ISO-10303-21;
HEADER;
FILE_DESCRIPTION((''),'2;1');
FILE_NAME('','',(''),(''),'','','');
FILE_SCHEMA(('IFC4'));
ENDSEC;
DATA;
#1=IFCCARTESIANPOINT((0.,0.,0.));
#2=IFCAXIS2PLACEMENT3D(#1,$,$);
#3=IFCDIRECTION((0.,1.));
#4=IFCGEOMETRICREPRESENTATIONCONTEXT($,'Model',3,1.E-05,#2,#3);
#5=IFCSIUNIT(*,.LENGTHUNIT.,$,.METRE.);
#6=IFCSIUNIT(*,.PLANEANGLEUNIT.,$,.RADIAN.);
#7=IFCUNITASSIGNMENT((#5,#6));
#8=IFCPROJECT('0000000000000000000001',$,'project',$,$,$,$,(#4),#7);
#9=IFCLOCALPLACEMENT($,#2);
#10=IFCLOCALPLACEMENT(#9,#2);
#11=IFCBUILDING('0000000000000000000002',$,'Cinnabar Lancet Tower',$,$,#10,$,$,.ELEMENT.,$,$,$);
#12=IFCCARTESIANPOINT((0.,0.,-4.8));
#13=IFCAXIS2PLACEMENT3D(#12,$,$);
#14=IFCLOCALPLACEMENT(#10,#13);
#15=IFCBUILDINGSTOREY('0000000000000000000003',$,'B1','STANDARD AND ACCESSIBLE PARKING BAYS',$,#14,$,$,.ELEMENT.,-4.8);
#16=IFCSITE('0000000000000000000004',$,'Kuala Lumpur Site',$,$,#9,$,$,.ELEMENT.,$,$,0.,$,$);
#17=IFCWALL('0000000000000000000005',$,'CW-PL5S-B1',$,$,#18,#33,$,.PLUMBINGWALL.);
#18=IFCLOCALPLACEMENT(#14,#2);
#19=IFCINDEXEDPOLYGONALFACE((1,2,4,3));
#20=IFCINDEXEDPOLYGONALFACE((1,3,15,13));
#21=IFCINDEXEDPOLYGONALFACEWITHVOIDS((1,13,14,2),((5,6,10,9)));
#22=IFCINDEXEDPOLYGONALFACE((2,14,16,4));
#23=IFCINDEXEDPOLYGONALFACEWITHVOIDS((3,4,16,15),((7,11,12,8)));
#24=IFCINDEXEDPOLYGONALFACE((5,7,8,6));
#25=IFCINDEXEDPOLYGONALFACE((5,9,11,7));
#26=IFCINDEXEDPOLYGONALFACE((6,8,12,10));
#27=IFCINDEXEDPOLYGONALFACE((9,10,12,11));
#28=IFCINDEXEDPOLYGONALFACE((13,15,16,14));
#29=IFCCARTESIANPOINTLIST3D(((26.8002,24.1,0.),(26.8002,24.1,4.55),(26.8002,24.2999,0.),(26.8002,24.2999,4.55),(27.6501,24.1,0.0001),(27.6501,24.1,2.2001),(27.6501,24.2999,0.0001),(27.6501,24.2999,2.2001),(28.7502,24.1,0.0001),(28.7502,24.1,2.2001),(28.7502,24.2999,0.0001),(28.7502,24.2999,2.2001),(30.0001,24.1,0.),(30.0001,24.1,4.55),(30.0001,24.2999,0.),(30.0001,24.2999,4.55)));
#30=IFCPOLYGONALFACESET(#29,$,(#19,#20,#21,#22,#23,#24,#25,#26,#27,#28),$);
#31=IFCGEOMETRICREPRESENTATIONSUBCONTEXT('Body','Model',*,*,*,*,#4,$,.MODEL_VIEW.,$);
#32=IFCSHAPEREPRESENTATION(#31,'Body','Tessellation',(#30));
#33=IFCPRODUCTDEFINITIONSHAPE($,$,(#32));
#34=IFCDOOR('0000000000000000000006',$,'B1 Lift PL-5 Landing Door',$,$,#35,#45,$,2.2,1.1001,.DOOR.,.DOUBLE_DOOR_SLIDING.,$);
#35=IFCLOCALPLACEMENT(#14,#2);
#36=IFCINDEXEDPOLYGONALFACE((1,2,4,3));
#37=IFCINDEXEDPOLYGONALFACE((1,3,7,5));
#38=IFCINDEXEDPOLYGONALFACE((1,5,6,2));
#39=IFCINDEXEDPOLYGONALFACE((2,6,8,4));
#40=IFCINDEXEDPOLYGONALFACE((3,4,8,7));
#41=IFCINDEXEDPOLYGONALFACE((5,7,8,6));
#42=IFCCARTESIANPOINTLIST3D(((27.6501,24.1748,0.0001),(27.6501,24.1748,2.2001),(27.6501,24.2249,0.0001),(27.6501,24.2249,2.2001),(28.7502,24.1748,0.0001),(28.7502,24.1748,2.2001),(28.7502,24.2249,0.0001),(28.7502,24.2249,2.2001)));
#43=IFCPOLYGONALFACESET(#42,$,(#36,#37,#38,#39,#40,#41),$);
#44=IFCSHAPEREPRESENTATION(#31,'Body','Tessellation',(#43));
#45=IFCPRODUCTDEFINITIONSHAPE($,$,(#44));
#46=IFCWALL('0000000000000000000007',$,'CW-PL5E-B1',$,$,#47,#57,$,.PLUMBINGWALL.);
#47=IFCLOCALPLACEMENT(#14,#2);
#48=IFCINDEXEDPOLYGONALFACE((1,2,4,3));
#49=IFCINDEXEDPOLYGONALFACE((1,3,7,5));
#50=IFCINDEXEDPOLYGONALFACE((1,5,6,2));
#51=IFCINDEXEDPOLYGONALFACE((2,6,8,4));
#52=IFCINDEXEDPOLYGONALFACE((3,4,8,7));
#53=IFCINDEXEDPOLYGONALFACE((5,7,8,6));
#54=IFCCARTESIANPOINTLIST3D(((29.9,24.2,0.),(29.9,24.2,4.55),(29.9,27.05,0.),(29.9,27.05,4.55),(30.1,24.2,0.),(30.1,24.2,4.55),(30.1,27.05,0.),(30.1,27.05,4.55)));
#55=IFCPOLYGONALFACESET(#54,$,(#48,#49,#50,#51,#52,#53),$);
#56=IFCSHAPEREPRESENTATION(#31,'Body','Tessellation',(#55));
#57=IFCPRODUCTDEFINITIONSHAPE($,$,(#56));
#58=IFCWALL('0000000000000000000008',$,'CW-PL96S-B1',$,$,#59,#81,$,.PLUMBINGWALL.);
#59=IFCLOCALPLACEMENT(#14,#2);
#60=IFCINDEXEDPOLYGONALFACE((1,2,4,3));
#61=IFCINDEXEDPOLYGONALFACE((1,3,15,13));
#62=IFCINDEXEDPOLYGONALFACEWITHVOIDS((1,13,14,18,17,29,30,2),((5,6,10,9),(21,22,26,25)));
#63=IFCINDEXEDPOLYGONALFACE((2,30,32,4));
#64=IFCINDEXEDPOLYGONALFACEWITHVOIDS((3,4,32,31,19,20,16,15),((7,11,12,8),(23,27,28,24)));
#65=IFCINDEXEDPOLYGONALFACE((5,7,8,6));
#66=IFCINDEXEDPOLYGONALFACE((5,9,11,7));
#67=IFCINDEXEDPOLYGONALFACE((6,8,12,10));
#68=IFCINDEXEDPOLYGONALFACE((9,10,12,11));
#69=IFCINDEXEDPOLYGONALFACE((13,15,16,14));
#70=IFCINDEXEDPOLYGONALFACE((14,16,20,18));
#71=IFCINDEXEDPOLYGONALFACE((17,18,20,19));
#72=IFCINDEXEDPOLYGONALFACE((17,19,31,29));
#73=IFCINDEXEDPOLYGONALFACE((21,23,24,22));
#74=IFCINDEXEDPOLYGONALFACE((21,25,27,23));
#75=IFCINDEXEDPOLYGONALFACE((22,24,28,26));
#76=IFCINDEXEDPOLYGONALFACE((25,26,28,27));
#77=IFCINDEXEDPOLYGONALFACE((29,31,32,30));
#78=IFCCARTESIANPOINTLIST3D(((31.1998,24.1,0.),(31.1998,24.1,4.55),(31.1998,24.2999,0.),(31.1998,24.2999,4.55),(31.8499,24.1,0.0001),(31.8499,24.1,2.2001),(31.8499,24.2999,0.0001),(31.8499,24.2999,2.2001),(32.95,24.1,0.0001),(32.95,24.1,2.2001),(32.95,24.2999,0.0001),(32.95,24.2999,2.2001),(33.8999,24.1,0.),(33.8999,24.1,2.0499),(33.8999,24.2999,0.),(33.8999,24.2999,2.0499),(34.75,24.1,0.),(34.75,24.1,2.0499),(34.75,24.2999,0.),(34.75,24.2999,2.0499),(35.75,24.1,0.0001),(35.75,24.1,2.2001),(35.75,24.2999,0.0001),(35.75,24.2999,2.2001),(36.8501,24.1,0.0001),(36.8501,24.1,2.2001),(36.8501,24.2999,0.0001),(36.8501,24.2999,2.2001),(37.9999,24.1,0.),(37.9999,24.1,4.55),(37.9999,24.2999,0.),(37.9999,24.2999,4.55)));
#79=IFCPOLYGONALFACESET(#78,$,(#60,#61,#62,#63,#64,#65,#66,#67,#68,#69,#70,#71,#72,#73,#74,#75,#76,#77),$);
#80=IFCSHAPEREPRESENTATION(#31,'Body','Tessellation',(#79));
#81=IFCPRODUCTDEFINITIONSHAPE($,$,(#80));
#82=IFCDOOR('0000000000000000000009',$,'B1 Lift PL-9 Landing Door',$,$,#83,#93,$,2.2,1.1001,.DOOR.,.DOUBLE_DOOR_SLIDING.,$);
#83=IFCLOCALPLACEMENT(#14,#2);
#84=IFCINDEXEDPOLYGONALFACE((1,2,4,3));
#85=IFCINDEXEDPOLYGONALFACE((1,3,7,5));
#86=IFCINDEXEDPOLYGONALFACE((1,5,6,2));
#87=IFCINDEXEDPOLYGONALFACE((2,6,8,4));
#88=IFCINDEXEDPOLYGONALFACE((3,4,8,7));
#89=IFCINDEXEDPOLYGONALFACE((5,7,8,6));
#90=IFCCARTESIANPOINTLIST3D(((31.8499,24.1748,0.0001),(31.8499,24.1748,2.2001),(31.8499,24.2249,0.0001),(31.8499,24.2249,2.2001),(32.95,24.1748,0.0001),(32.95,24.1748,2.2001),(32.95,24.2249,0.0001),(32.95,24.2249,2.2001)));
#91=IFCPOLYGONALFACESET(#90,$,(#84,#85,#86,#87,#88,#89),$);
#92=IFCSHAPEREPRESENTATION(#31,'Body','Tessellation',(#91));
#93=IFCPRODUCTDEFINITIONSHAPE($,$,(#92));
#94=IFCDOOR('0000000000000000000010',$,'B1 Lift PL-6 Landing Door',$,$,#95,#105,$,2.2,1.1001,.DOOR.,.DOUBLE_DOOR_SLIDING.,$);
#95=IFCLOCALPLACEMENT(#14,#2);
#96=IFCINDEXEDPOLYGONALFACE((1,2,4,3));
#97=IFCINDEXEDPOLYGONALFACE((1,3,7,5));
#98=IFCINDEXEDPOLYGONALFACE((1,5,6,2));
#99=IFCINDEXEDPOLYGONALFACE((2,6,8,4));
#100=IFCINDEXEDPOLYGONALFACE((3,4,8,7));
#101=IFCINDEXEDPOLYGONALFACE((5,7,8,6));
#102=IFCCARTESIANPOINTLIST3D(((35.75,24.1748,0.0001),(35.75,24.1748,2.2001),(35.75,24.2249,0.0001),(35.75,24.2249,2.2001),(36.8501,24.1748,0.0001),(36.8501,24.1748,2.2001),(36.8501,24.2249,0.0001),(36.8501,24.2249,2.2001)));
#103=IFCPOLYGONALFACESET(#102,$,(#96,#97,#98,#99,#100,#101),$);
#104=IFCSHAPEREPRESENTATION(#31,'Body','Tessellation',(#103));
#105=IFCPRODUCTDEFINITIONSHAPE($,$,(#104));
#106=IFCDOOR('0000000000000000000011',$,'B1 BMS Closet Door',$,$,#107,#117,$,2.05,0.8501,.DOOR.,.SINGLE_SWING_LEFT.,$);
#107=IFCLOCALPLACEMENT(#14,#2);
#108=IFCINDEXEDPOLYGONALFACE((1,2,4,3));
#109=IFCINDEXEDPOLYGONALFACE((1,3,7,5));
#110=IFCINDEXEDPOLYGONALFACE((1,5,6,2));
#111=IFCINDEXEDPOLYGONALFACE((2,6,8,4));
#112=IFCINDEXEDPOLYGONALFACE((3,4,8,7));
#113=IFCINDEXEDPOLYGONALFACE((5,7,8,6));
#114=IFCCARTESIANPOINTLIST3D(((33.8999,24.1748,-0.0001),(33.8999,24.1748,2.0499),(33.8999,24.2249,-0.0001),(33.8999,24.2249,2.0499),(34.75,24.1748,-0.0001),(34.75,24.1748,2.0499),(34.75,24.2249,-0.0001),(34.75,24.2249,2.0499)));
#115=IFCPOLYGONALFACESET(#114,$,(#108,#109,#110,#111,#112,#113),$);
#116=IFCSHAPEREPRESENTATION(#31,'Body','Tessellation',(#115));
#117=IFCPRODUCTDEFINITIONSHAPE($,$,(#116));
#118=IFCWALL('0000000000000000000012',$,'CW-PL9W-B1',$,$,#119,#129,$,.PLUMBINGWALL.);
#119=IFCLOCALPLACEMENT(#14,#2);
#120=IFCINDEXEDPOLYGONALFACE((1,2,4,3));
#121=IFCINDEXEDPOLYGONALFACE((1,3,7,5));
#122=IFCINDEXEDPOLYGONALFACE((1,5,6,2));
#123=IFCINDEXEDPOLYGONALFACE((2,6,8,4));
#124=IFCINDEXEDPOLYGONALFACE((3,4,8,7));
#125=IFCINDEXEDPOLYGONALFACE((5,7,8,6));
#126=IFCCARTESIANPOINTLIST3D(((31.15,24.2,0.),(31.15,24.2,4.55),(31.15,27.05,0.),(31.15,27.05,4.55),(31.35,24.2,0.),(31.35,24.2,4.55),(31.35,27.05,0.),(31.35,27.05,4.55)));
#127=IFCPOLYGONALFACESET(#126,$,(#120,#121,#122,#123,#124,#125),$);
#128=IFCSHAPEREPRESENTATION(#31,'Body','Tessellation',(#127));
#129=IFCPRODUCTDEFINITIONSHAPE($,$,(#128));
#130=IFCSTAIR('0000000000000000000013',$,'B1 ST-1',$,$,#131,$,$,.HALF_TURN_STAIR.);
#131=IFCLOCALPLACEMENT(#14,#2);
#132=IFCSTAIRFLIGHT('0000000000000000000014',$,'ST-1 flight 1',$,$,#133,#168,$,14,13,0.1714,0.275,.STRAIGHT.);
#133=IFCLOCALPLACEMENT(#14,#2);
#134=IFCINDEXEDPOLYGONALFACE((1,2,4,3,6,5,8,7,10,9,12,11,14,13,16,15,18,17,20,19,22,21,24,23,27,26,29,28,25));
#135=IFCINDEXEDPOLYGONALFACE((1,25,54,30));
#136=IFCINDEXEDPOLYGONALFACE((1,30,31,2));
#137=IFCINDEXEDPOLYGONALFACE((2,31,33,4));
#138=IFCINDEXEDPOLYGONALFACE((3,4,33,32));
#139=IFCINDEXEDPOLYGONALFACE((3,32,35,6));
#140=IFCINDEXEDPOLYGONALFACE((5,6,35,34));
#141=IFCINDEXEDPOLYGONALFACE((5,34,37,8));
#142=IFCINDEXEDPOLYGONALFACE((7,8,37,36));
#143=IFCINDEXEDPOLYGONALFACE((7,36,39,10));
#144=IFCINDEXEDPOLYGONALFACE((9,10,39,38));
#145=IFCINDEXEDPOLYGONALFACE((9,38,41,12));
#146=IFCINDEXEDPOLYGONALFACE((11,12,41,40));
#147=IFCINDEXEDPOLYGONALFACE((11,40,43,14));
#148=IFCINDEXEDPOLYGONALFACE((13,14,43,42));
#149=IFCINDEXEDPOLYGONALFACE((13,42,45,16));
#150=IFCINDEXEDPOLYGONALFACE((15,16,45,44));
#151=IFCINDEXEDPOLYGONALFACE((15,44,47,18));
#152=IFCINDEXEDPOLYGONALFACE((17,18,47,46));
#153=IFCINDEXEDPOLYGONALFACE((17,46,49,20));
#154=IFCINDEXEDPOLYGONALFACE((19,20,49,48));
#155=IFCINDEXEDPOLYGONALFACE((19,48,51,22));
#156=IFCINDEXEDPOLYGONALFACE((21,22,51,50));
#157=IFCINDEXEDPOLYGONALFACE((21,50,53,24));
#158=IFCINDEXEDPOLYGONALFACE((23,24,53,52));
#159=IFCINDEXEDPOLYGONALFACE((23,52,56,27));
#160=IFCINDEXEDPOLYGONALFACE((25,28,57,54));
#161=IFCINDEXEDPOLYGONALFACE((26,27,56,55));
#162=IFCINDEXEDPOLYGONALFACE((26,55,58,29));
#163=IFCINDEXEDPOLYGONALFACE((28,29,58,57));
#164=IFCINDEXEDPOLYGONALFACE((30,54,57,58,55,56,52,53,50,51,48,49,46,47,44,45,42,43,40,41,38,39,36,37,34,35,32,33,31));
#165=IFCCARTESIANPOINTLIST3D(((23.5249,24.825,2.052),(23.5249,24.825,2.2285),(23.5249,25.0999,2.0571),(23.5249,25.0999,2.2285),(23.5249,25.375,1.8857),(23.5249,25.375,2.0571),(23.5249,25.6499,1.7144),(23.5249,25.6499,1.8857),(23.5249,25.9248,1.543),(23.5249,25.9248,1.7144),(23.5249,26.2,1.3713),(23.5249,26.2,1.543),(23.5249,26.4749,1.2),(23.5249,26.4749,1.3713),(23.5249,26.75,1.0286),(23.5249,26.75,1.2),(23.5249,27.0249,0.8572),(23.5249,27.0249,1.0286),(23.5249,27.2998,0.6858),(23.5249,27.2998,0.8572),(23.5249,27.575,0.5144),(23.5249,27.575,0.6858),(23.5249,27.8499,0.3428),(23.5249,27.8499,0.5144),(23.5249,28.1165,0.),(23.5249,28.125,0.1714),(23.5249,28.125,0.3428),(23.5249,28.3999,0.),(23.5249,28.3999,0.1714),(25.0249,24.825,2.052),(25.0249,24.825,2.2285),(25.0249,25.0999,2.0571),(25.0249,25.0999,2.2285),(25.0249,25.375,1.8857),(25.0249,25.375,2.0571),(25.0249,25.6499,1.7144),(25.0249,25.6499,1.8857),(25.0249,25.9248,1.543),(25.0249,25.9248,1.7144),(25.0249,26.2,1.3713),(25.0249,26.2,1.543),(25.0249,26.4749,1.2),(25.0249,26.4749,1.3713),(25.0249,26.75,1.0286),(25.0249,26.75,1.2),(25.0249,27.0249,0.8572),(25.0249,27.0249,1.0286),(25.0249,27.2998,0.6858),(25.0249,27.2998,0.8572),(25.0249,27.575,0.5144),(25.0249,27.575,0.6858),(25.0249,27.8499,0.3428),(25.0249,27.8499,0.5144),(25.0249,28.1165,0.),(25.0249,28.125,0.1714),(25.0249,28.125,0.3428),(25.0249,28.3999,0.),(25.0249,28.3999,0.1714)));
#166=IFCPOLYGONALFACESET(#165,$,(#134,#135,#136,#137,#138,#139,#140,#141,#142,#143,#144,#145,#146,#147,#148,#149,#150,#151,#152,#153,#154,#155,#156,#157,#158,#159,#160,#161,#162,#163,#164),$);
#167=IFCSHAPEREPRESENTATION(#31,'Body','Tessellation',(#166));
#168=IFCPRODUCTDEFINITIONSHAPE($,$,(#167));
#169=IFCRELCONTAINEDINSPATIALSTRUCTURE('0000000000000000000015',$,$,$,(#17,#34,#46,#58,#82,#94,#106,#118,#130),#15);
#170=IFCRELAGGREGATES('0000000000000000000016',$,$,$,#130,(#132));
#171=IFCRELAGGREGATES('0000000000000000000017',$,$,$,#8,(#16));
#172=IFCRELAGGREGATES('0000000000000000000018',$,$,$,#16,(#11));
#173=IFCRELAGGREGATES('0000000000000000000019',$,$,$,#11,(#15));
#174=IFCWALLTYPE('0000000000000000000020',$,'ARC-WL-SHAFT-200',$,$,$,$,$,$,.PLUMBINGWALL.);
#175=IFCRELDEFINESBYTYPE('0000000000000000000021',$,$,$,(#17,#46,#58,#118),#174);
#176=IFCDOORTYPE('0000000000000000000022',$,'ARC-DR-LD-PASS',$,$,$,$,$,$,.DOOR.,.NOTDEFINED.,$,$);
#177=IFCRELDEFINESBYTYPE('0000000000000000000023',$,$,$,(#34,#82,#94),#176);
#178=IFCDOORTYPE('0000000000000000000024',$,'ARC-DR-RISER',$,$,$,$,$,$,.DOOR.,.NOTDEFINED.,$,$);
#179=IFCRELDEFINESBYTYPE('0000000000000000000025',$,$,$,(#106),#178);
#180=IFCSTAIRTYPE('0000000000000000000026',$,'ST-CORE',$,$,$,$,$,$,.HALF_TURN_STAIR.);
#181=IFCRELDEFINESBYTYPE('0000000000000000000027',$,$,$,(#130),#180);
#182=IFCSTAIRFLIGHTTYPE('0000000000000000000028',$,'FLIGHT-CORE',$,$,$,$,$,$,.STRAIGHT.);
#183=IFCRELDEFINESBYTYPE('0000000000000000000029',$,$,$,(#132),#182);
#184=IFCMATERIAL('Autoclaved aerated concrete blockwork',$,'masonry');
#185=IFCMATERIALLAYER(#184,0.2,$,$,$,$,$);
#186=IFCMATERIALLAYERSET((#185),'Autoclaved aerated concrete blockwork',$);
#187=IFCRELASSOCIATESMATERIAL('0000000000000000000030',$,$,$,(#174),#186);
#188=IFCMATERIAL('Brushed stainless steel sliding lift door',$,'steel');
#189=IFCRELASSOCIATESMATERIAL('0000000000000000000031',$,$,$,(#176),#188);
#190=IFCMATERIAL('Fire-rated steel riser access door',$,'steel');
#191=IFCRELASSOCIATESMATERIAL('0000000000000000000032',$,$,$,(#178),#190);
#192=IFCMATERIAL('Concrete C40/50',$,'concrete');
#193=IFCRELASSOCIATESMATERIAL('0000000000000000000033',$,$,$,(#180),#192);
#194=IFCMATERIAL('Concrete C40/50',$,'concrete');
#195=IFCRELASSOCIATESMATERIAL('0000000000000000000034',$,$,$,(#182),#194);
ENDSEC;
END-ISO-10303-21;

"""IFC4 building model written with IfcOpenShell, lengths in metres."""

from ifc_helpers import new_model, si_unit, direction, frame, frame_2d, origin, place, context, subcontext, project, spatial, polyline, rectangle, outline, extrude, material, layer, layer_set, type_object, element, fill, aggregate, save


model = new_model("IFC4")

# Units and contexts
model_context = context("Model", 3, precision=1e-05, world=origin(), true_north=direction((0.0, 1.0)))
body_context = subcontext(model_context, "Body", "Model", "MODEL_VIEW")
ifc_project = project(units=[si_unit("LENGTHUNIT", "METRE"), si_unit("PLANEANGLEUNIT", "RADIAN")], contexts=[model_context])

# Site, building, storey
site_placement = place(None, origin())
site = spatial("IfcSite", under=ifc_project, at=site_placement, Name="Kuala Lumpur Site", CompositionType="ELEMENT", RefElevation=0.0)
building_placement = place(site_placement, origin())
building = spatial("IfcBuilding", under=site, at=building_placement, Name="Cinnabar Lancet Tower", CompositionType="ELEMENT")
storey_placement = place(building_placement, frame((0.0, 0.0, -4.8)))
storey = spatial("IfcBuildingStorey", under=building, at=storey_placement, Name="B1", Description="STANDARD AND ACCESSIBLE PARKING BAYS", CompositionType="ELEMENT", Elevation=-4.8)

# Shared definitions
ifc_material_1 = material(Name="Autoclaved aerated concrete blockwork", Category="masonry")
ifc_layer = layer(ifc_material_1, 0.2)
ifc_layer_set = layer_set([ifc_layer], Name="Autoclaved aerated concrete blockwork")
wall_type = type_object("IfcWallType", Name="ARC-WL-SHAFT-200", PredefinedType="PLUMBINGWALL", material=ifc_layer_set)

# Wall, opening, door
wall_1_placement = place(storey_placement, frame((26.8, 24.2, 0.0), z_axis=(0.0, 0.0, 1.0), x_axis=(1.0, 0.0, 0.0)))
wall_1 = element("IfcWall", 1, at=wall_1_placement, inside=storey, type_object=wall_type, Name="CW-PL5S-B1", PredefinedType="PLUMBINGWALL", context=body_context, shape_type="SweptSolid", body=[
    extrude(rectangle(XDim=3.2, YDim=0.2, at=frame_2d((1.6001, 0.0))), origin(), (0.0, 0.0, 1.0), 4.55),
])
opening_1_placement = place(wall_1_placement, frame((0.8501, 0.0, 0.0)))
opening_1 = element("IfcOpeningElement", 2, at=opening_1_placement, cuts=wall_1, PredefinedType="OPENING", context=body_context, shape_type="SweptSolid", body=[
    extrude(rectangle(XDim=1.1001, YDim=2.2, at=frame_2d((0.55, 1.1001))), frame((0.0, 0.1099, 0.0), z_axis=(0.0, -1.0, 0.0), x_axis=(1.0, 0.0, 0.0)), (0.0, 0.0, 1.0), 0.22),
])
ifc_material_2 = material(Name="Brushed stainless steel sliding lift door", Category="steel")
door_type_1 = type_object("IfcDoorType", Name="ARC-DR-LD-PASS", OperationType="NOTDEFINED", PredefinedType="DOOR", material=ifc_material_2)
door_1_placement = place(opening_1_placement, origin())
door_1 = element("IfcDoor", 3, at=door_1_placement, inside=storey, type_object=door_type_1, Name="B1 Lift PL-5 Landing Door", OperationType="DOUBLE_DOOR_SLIDING", OverallHeight=2.2, OverallWidth=1.1001, PredefinedType="DOOR", context=body_context, shape_type="SweptSolid", body=[
    extrude(rectangle(XDim=1.1001, YDim=2.2, at=frame_2d((0.55, 1.1001))), frame((0.0, 0.0249, 0.0), z_axis=(0.0, -1.0, 0.0), x_axis=(1.0, 0.0, 0.0)), (0.0, 0.0, 1.0), 0.05),
])
fill(opening_1, door_1)

# Wall
wall_2_placement = place(storey_placement, frame((30.0, 24.2, 0.0), z_axis=(0.0, 0.0, 1.0), x_axis=(0.0, 1.0, 0.0)))
element("IfcWall", 4, at=wall_2_placement, inside=storey, type_object=wall_type, Name="CW-PL5E-B1", PredefinedType="PLUMBINGWALL", context=body_context, shape_type="SweptSolid", body=[
    extrude(rectangle(XDim=2.8501, YDim=0.2, at=frame_2d((1.425, 0.0))), origin(), (0.0, 0.0, 1.0), 4.55),
])

# Wall, openings, doors
wall_3_placement = place(storey_placement, frame((31.2, 24.2, 0.0), z_axis=(0.0, 0.0, 1.0), x_axis=(1.0, 0.0, 0.0)))
wall_3 = element("IfcWall", 5, at=wall_3_placement, inside=storey, type_object=wall_type, Name="CW-PL96S-B1", PredefinedType="PLUMBINGWALL", context=body_context, shape_type="SweptSolid", body=[
    extrude(rectangle(XDim=6.8, YDim=0.2, at=frame_2d((3.3999, 0.0))), origin(), (0.0, 0.0, 1.0), 4.55),
])
opening_2_placement = place(wall_3_placement, frame((0.6499, 0.0, 0.0)))
opening_2 = element("IfcOpeningElement", 6, at=opening_2_placement, cuts=wall_3, PredefinedType="OPENING", context=body_context, shape_type="SweptSolid", body=[
    extrude(rectangle(XDim=1.1001, YDim=2.2, at=frame_2d((0.55, 1.1001))), frame((0.0, 0.1099, 0.0), z_axis=(0.0, -1.0, 0.0), x_axis=(1.0, 0.0, 0.0)), (0.0, 0.0, 1.0), 0.22),
])
opening_3_placement = place(wall_3_placement, frame((2.7, 0.0, 0.0)))
opening_3 = element("IfcOpeningElement", 7, at=opening_3_placement, cuts=wall_3, PredefinedType="OPENING", context=body_context, shape_type="SweptSolid", body=[
    extrude(rectangle(XDim=0.8501, YDim=2.05, at=frame_2d((0.425, 1.0249))), frame((0.0, 0.1099, 0.0), z_axis=(0.0, -1.0, 0.0), x_axis=(1.0, 0.0, 0.0)), (0.0, 0.0, 1.0), 0.22),
])
opening_4_placement = place(wall_3_placement, frame((4.55, 0.0, 0.0)))
opening_4 = element("IfcOpeningElement", 8, at=opening_4_placement, cuts=wall_3, PredefinedType="OPENING", context=body_context, shape_type="SweptSolid", body=[
    extrude(rectangle(XDim=1.1001, YDim=2.2, at=frame_2d((0.55, 1.1001))), frame((0.0, 0.1099, 0.0), z_axis=(0.0, -1.0, 0.0), x_axis=(1.0, 0.0, 0.0)), (0.0, 0.0, 1.0), 0.22),
])
door_2_placement = place(opening_2_placement, origin())
door_2 = element("IfcDoor", 9, at=door_2_placement, inside=storey, type_object=door_type_1, Name="B1 Lift PL-9 Landing Door", OperationType="DOUBLE_DOOR_SLIDING", OverallHeight=2.2, OverallWidth=1.1001, PredefinedType="DOOR", context=body_context, shape_type="SweptSolid", body=[
    extrude(rectangle(XDim=1.1001, YDim=2.2, at=frame_2d((0.55, 1.1001))), frame((0.0, 0.0249, 0.0), z_axis=(0.0, -1.0, 0.0), x_axis=(1.0, 0.0, 0.0)), (0.0, 0.0, 1.0), 0.05),
])
fill(opening_2, door_2)
door_3_placement = place(opening_4_placement, origin())
door_3 = element("IfcDoor", 10, at=door_3_placement, inside=storey, type_object=door_type_1, Name="B1 Lift PL-6 Landing Door", OperationType="DOUBLE_DOOR_SLIDING", OverallHeight=2.2, OverallWidth=1.1001, PredefinedType="DOOR", context=body_context, shape_type="SweptSolid", body=[
    extrude(rectangle(XDim=1.1001, YDim=2.2, at=frame_2d((0.55, 1.1001))), frame((0.0, 0.0249, 0.0), z_axis=(0.0, -1.0, 0.0), x_axis=(1.0, 0.0, 0.0)), (0.0, 0.0, 1.0), 0.05),
])
fill(opening_4, door_3)
ifc_material_3 = material(Name="Fire-rated steel riser access door", Category="steel")
door_type_2 = type_object("IfcDoorType", Name="ARC-DR-RISER", OperationType="NOTDEFINED", PredefinedType="DOOR", material=ifc_material_3)
door_4_placement = place(opening_3_placement, origin())
door_4 = element("IfcDoor", 11, at=door_4_placement, inside=storey, type_object=door_type_2, Name="B1 BMS Closet Door", OperationType="SINGLE_SWING_LEFT", OverallHeight=2.05, OverallWidth=0.8501, PredefinedType="DOOR", context=body_context, shape_type="SweptSolid", body=[
    extrude(rectangle(XDim=0.8501, YDim=2.05, at=frame_2d((0.425, 1.0249))), frame((0.0, 0.0249, 0.0), z_axis=(0.0, -1.0, 0.0), x_axis=(1.0, 0.0, 0.0)), (0.0, 0.0, 1.0), 0.05),
])
fill(opening_3, door_4)

# Wall
wall_4_placement = place(storey_placement, frame((31.25, 24.2, 0.0), z_axis=(0.0, 0.0, 1.0), x_axis=(0.0, 1.0, 0.0)))
element("IfcWall", 12, at=wall_4_placement, inside=storey, type_object=wall_type, Name="CW-PL9W-B1", PredefinedType="PLUMBINGWALL", context=body_context, shape_type="SweptSolid", body=[
    extrude(rectangle(XDim=2.8501, YDim=0.2, at=frame_2d((1.425, 0.0))), origin(), (0.0, 0.0, 1.0), 4.55),
])

# Stair, stair flight
ifc_material_4 = material(Name="Concrete C40/50", Category="concrete")
stair_type = type_object("IfcStairType", Name="ST-CORE", PredefinedType="HALF_TURN_STAIR", material=ifc_material_4)
stair_placement = place(storey_placement, origin())
stair = element("IfcStair", 13, at=stair_placement, inside=storey, type_object=stair_type, Name="B1 ST-1", PredefinedType="HALF_TURN_STAIR")
ifc_material_5 = material(Name="Concrete C40/50", Category="concrete")
stair_flight_type = type_object("IfcStairFlightType", Name="FLIGHT-CORE", PredefinedType="STRAIGHT", material=ifc_material_5)
stair_flight_1_placement = place(storey_placement, frame((24.2749, 28.3999, 0.0), z_axis=(0.0, 0.0, 1.0), x_axis=(0.0, -1.0, 0.0)))
stair_flight_1 = element("IfcStairFlight", 14, at=stair_flight_1_placement, type_object=stair_flight_type, Name="ST-1 flight 1", NumberOfRisers=14, NumberOfTreads=13, PredefinedType="STRAIGHT", RiserHeight=0.1714, TreadLength=0.275, context=body_context, shape_type="SweptSolid", body=[
    extrude(outline(polyline([(0.0, 0.0), (0.0, 0.1714), (0.2749, 0.1714), (0.2749, 0.3428), (0.55, 0.3428), (0.55, 0.5144), (0.825, 0.5144), (0.825, 0.6858), (1.1001, 0.6858), (1.1001, 0.8572), (1.375, 0.8572), (1.375, 1.0286), (1.6499, 1.0286), (1.6499, 1.2), (1.925, 1.2), (1.925, 1.3713), (2.2, 1.3713), (2.2, 1.543), (2.4751, 1.543), (2.4751, 1.7144), (2.75, 1.7144), (2.75, 1.8857), (3.0249, 1.8857), (3.0249, 2.0571), (3.3, 2.0571), (3.3, 2.2285), (3.575, 2.2285), (3.575, 2.3999), (3.575, 2.052), (0.2834, 0.0), (0.0, 0.0)])), frame((0.0, 0.75, 0.0), z_axis=(0.0, -1.0, 0.0), x_axis=(1.0, 0.0, 0.0)), (0.0, 0.0, 1.0), 1.5),
])
aggregate(stair, [stair_flight_1])

save(model, "model.ifc")
